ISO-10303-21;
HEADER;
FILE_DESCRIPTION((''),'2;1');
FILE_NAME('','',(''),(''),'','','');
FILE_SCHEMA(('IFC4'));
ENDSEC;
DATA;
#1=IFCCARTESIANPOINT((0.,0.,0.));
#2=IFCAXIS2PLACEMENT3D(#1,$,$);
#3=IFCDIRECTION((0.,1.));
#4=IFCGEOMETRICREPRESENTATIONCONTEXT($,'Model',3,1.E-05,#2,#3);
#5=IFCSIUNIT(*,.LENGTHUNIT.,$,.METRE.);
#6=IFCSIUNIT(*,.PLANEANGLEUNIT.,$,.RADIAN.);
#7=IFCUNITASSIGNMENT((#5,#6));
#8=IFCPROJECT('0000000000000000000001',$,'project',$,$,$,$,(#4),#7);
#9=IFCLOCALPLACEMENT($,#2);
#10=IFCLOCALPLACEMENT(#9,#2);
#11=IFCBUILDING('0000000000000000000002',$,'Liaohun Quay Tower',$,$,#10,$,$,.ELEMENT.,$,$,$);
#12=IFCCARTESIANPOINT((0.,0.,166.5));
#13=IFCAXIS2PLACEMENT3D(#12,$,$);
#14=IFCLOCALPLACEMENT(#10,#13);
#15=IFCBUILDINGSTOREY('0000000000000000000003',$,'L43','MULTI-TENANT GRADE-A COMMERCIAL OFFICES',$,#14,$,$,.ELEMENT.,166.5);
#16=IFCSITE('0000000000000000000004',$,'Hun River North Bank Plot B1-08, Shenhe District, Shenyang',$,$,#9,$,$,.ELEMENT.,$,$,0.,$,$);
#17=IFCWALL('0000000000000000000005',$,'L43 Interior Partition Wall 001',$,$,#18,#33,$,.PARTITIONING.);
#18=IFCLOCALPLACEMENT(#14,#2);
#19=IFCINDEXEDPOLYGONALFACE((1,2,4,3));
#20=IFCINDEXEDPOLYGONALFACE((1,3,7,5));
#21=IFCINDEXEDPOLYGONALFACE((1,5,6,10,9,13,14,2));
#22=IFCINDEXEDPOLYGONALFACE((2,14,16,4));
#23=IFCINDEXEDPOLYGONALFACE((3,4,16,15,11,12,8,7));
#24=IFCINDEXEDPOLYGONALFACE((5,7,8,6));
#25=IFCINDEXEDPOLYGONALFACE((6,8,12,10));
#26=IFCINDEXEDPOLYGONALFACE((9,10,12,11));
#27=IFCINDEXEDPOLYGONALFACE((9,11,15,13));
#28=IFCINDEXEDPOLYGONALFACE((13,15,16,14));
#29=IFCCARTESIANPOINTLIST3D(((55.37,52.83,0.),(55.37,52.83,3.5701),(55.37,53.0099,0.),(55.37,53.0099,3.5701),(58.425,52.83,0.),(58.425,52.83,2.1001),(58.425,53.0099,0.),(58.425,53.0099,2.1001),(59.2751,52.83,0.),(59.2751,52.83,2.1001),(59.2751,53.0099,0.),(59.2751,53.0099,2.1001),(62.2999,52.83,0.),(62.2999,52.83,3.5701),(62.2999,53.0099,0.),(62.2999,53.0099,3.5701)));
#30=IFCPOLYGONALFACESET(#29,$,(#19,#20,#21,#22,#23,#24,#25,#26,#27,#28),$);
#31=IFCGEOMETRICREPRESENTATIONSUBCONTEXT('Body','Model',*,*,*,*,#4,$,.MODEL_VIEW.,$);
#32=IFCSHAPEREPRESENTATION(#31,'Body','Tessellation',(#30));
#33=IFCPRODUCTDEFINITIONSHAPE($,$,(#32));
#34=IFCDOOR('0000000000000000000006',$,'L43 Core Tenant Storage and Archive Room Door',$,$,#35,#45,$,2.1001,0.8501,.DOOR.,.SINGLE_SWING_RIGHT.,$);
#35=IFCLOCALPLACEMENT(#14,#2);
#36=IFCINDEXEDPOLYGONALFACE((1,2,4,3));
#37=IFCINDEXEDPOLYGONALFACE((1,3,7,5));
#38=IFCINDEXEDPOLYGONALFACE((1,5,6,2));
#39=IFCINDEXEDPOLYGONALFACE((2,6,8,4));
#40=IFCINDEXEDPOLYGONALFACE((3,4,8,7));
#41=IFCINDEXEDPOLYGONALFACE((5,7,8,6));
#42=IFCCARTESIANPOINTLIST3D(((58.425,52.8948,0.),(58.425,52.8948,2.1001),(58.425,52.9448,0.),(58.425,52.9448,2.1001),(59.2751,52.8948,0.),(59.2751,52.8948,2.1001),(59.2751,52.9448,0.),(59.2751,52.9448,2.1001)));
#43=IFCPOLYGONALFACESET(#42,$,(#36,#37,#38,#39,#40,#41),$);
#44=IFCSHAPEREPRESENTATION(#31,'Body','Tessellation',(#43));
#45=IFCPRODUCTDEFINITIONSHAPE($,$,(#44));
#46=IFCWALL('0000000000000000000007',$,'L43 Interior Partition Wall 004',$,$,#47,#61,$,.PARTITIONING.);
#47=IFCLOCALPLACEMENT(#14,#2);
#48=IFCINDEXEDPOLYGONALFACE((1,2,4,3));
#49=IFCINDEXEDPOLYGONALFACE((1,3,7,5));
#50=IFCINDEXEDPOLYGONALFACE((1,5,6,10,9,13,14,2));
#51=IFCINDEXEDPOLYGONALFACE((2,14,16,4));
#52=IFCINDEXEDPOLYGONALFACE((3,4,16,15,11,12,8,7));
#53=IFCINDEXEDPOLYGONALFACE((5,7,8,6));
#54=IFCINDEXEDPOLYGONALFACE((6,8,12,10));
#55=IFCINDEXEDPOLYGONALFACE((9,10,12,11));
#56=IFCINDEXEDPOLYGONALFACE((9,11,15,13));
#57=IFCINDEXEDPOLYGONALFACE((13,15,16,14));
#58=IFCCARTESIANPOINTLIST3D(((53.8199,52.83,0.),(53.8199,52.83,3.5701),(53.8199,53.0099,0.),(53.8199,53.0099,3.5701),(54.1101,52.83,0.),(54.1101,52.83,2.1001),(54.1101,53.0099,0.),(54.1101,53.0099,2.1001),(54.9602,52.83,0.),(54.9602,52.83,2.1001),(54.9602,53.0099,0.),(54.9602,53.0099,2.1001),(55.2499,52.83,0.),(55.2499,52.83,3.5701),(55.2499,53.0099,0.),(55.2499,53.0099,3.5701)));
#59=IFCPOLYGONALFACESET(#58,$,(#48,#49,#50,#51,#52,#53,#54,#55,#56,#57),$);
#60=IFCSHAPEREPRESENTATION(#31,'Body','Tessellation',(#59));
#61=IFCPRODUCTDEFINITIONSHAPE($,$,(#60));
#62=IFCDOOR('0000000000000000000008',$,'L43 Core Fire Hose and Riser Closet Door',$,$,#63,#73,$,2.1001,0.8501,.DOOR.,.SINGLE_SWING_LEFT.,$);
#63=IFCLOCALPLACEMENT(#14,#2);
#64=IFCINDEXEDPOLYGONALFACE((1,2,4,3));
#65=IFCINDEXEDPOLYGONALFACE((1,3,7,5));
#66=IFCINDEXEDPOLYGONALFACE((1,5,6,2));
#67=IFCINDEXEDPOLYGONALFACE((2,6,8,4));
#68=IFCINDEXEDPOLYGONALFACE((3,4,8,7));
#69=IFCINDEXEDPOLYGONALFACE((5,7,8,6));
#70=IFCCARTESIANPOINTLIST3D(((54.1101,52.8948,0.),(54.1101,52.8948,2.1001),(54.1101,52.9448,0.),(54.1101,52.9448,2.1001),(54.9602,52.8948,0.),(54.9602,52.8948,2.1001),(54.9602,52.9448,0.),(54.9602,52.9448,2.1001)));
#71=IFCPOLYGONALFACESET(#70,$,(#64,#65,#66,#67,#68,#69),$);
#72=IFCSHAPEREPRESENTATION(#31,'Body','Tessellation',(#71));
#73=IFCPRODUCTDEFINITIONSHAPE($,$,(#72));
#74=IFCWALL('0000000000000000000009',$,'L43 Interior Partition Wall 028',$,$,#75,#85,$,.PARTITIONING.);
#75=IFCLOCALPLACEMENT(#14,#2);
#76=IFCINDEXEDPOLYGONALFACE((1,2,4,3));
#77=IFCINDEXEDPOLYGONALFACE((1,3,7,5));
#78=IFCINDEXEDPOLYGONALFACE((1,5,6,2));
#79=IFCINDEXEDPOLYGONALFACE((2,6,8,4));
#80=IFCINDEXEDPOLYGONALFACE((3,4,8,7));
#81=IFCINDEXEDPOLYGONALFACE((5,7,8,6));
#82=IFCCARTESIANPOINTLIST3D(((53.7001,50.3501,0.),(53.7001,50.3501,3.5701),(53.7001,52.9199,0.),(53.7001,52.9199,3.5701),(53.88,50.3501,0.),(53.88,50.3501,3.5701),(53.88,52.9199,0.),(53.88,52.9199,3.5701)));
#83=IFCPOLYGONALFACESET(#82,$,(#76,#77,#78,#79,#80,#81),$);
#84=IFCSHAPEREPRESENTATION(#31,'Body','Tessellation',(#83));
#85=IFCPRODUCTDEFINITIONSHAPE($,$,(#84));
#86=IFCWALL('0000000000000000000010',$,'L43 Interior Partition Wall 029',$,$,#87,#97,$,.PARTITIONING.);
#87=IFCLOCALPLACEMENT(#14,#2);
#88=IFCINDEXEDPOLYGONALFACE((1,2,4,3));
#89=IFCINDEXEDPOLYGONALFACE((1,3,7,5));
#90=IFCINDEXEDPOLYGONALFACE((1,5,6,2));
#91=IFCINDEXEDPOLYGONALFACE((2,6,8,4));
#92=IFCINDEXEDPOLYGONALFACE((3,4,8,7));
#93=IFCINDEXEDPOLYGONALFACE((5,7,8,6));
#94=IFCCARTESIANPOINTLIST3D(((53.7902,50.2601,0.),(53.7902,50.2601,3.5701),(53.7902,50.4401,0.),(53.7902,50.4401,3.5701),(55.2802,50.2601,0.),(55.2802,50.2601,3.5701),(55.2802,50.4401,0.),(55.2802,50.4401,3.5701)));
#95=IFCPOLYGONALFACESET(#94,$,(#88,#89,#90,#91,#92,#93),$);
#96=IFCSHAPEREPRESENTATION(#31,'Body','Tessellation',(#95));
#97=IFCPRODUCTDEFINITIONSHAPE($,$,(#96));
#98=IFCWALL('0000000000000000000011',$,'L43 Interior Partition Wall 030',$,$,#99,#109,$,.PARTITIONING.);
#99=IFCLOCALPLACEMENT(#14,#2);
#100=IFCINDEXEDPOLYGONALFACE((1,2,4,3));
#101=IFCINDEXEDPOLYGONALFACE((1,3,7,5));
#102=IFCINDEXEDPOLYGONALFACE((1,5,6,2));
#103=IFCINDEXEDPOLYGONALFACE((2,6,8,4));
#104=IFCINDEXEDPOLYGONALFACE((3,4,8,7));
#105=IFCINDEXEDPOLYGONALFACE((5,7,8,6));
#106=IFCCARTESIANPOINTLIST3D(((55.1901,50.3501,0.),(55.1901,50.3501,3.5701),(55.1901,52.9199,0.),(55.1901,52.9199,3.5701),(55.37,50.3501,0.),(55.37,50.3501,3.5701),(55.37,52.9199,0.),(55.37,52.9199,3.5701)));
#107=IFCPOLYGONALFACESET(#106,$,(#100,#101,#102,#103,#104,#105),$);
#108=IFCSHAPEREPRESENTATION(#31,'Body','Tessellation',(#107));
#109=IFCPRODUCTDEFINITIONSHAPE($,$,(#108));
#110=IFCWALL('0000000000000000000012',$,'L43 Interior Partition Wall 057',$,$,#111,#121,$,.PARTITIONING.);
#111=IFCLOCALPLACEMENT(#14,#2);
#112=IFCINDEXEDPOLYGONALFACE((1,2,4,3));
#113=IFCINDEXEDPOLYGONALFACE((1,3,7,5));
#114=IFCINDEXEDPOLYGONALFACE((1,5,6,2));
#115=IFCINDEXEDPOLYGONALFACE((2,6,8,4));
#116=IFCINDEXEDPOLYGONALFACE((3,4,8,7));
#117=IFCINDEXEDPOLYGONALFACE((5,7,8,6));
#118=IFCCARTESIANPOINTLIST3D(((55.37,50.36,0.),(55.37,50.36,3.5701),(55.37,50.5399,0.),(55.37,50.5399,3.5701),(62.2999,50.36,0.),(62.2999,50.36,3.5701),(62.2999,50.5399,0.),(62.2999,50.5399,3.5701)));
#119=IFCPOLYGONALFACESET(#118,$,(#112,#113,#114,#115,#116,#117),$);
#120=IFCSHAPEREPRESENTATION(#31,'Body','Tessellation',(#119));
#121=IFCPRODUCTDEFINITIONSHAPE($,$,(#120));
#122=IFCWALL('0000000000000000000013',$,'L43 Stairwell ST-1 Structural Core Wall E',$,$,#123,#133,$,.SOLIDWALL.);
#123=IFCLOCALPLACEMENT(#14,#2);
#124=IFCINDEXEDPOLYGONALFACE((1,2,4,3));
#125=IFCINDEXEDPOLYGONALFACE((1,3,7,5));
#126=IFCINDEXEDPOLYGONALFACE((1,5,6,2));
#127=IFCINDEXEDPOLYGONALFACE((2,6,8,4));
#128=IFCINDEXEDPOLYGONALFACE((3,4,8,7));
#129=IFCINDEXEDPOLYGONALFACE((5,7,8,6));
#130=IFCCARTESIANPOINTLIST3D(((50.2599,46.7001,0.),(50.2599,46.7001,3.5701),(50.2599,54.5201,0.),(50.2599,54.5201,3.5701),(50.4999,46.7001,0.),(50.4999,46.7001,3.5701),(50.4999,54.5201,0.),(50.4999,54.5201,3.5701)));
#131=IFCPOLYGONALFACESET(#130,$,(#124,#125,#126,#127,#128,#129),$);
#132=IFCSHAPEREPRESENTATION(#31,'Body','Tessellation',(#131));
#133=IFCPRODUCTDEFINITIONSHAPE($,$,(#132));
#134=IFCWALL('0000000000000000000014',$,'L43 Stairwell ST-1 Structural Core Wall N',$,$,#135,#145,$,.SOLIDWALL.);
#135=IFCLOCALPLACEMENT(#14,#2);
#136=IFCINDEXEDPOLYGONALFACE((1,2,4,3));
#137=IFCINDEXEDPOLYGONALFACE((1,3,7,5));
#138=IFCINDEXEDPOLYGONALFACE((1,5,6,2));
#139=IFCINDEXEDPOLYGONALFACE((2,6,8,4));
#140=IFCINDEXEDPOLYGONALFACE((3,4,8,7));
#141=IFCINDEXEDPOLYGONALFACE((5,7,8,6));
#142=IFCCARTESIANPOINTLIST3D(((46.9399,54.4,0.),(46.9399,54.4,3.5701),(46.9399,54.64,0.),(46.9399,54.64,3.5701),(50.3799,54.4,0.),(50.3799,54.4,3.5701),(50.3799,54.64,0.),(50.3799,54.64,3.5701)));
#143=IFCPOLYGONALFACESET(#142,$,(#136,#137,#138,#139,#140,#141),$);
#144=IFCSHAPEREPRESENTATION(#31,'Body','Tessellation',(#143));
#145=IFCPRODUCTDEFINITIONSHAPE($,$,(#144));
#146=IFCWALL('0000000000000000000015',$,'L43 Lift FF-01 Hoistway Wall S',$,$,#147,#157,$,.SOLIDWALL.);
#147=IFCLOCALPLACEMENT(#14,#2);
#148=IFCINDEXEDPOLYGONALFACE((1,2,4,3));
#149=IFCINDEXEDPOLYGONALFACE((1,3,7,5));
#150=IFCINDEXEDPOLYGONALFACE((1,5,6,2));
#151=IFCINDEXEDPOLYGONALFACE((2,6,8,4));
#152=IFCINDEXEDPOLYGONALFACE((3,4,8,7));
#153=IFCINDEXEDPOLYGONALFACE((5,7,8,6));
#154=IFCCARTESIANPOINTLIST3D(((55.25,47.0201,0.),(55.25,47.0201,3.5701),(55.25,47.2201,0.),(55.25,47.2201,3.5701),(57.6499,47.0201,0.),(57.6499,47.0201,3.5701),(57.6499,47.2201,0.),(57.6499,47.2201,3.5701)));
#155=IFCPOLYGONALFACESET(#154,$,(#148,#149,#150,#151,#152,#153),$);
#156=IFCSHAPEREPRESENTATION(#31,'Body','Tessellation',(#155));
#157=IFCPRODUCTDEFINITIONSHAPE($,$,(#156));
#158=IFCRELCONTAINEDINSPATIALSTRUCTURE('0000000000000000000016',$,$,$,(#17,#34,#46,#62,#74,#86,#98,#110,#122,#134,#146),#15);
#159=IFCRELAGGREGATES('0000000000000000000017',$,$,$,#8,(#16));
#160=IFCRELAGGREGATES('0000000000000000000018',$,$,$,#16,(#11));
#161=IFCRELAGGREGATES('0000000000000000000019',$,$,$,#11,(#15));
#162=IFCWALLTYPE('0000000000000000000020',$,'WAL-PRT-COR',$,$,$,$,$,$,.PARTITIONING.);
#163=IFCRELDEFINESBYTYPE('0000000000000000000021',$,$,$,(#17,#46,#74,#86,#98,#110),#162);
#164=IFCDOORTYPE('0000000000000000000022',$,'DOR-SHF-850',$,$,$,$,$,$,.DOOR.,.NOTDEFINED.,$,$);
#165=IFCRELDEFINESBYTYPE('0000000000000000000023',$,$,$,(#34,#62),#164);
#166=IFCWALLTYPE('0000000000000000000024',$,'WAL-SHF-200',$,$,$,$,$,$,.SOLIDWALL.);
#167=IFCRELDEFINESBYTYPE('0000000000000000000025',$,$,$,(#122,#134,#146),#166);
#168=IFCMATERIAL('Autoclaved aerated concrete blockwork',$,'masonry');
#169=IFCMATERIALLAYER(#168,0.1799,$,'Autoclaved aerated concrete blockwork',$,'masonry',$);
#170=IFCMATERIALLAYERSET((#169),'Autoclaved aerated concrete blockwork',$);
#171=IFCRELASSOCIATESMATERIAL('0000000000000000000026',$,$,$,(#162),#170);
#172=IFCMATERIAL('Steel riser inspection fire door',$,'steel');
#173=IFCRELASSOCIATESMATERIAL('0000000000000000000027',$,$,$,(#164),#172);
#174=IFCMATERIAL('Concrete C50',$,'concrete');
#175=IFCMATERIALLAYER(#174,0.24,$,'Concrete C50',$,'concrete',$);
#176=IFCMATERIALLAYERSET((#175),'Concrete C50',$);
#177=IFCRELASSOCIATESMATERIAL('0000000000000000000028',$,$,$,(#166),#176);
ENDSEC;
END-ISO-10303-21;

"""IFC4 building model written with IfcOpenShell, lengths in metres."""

from ifc_helpers import new_model, si_unit, direction, frame, frame_2d, origin, place, context, subcontext, project, spatial, rectangle, extrude, source, transform, mapped, material, layer, layer_set, type_object, element, fill, save


model = new_model("IFC4")

# Units and contexts
model_context = context("Model", 3, precision=1e-05, world=origin(), true_north=direction((0.0, 1.0)))
body_context = subcontext(model_context, "Body", "Model", "MODEL_VIEW")
ifc_project = project(units=[si_unit("LENGTHUNIT", "METRE"), si_unit("PLANEANGLEUNIT", "RADIAN")], contexts=[model_context])

# Site, building, storey
site_placement = place(None, origin())
site = spatial("IfcSite", under=ifc_project, at=site_placement, Name="Hun River North Bank Plot B1-08, Shenhe District, Shenyang", CompositionType="ELEMENT", RefElevation=0.0)
building_placement = place(site_placement, origin())
building = spatial("IfcBuilding", under=site, at=building_placement, Name="Liaohun Quay Tower", CompositionType="ELEMENT")
storey_placement = place(building_placement, frame((0.0, 0.0, 166.5)))
storey = spatial("IfcBuildingStorey", under=building, at=storey_placement, Name="L43", Description="MULTI-TENANT GRADE-A COMMERCIAL OFFICES", CompositionType="ELEMENT", Elevation=166.5)

# Shared definitions
ifc_material_1 = material(Name="Concrete C50", Category="concrete")

# Walls, openings, doors
ifc_material_2 = material(Name="Autoclaved aerated concrete blockwork", Category="masonry")
ifc_layer_1 = layer(ifc_material_2, 0.1799, Name="Autoclaved aerated concrete blockwork", Category="masonry")
ifc_layer_set_1 = layer_set([ifc_layer_1], Name="Autoclaved aerated concrete blockwork")
wall_type_1 = type_object("IfcWallType", Name="WAL-PRT-COR", PredefinedType="PARTITIONING", material=ifc_layer_set_1)
wall_1_placement = place(storey_placement, frame((55.3701, 52.9199, 0.0), z_axis=(0.0, 0.0, 1.0), x_axis=(1.0, 0.0, 0.0)))
wall_1 = element("IfcWall", 1, at=wall_1_placement, inside=storey, type_object=wall_type_1, Name="L43 Interior Partition Wall 001", PredefinedType="PARTITIONING", context=body_context, shape_type="SweptSolid", body=[
    extrude(rectangle(XDim=6.9299, YDim=0.1799, at=frame_2d((3.4648, 0.0))), origin(), (0.0, 0.0, 1.0), 3.5701),
])
shared_shape_1 = source(origin(), body_context, "Body", "SweptSolid", [
    extrude(rectangle(XDim=0.8501, YDim=2.1001, at=frame_2d((0.425, 1.05))), frame((0.0, 0.0999, 0.0), z_axis=(0.0, -1.0, 0.0), x_axis=(1.0, 0.0, 0.0)), (0.0, 0.0, 1.0), 0.2),
])
opening_1_placement = place(wall_1_placement, frame((3.0549, 0.0, 0.0)))
opening_1 = element("IfcOpeningElement", 2, at=opening_1_placement, cuts=wall_1, PredefinedType="OPENING", context=body_context, shape_type="MappedRepresentation", body=[
    mapped(shared_shape_1, transform((0.0, 0.0, 0.0), x_axis=(1.0, 0.0, 0.0), y_axis=(0.0, 1.0, 0.0), z_axis=(0.0, 0.0, 1.0), scale=1.0)),
])
ifc_material_3 = material(Name="Steel riser inspection fire door", Category="steel")
door_type_1 = type_object("IfcDoorType", Name="DOR-SHF-850", OperationType="NOTDEFINED", PredefinedType="DOOR", material=ifc_material_3)
shared_shape_2 = source(origin(), body_context, "Body", "SweptSolid", [
    extrude(rectangle(XDim=0.8501, YDim=2.1001, at=frame_2d((0.425, 1.05))), frame((0.0, 0.0249, 0.0), z_axis=(0.0, -1.0, 0.0), x_axis=(1.0, 0.0, 0.0)), (0.0, 0.0, 1.0), 0.05),
])
door_1_placement = place(opening_1_placement, origin())
door_1 = element("IfcDoor", 3, at=door_1_placement, inside=storey, type_object=door_type_1, Name="L43 Core Tenant Storage and Archive Room Door", OperationType="SINGLE_SWING_RIGHT", OverallHeight=2.1001, OverallWidth=0.8501, PredefinedType="DOOR", context=body_context, shape_type="MappedRepresentation", body=[
    mapped(shared_shape_2, transform((0.0, 0.0, 0.0), x_axis=(1.0, 0.0, 0.0), y_axis=(0.0, 1.0, 0.0), z_axis=(0.0, 0.0, 1.0), scale=1.0)),
])
fill(opening_1, door_1)
wall_2_placement = place(storey_placement, frame((53.8201, 52.9199, 0.0), z_axis=(0.0, 0.0, 1.0), x_axis=(1.0, 0.0, 0.0)))
wall_2 = element("IfcWall", 4, at=wall_2_placement, inside=storey, type_object=wall_type_1, Name="L43 Interior Partition Wall 004", PredefinedType="PARTITIONING", context=body_context, shape_type="SweptSolid", body=[
    extrude(rectangle(XDim=1.4299, YDim=0.1799, at=frame_2d((0.7148, 0.0))), origin(), (0.0, 0.0, 1.0), 3.5701),
])
opening_2_placement = place(wall_2_placement, frame((0.29, 0.0, 0.0)))
opening_2 = element("IfcOpeningElement", 5, at=opening_2_placement, cuts=wall_2, PredefinedType="OPENING", context=body_context, shape_type="MappedRepresentation", body=[
    mapped(shared_shape_1, transform((0.0, 0.0, 0.0), x_axis=(1.0, 0.0, 0.0), y_axis=(0.0, 1.0, 0.0), z_axis=(0.0, 0.0, 1.0), scale=1.0)),
])
door_2_placement = place(opening_2_placement, origin())
door_2 = element("IfcDoor", 6, at=door_2_placement, inside=storey, type_object=door_type_1, Name="L43 Core Fire Hose and Riser Closet Door", OperationType="SINGLE_SWING_LEFT", OverallHeight=2.1001, OverallWidth=0.8501, PredefinedType="DOOR", context=body_context, shape_type="MappedRepresentation", body=[
    mapped(shared_shape_2, transform((0.0, 0.0, 0.0), x_axis=(1.0, 0.0, 0.0), y_axis=(0.0, 1.0, 0.0), z_axis=(0.0, 0.0, 1.0), scale=1.0)),
])
fill(opening_2, door_2)

# Walls
wall_3_placement = place(storey_placement, frame((53.79, 50.3501, 0.0), z_axis=(0.0, 0.0, 1.0), x_axis=(0.0, 1.0, 0.0)))
element("IfcWall", 7, at=wall_3_placement, inside=storey, type_object=wall_type_1, Name="L43 Interior Partition Wall 028", PredefinedType="PARTITIONING", context=body_context, shape_type="SweptSolid", body=[
    extrude(rectangle(XDim=2.5698, YDim=0.1799, at=frame_2d((1.2849, 0.0))), origin(), (0.0, 0.0, 1.0), 3.5701),
])
wall_4_placement = place(storey_placement, frame((53.79, 50.3501, 0.0), z_axis=(0.0, 0.0, 1.0), x_axis=(1.0, 0.0, 0.0)))
element("IfcWall", 8, at=wall_4_placement, inside=storey, type_object=wall_type_1, Name="L43 Interior Partition Wall 029", PredefinedType="PARTITIONING", context=body_context, shape_type="SweptSolid", body=[
    extrude(rectangle(XDim=1.49, YDim=0.1799, at=frame_2d((0.7451, 0.0))), origin(), (0.0, 0.0, 1.0), 3.5701),
])
wall_5_placement = place(storey_placement, frame((55.28, 50.3501, 0.0), z_axis=(0.0, 0.0, 1.0), x_axis=(0.0, 1.0, 0.0)))
element("IfcWall", 9, at=wall_5_placement, inside=storey, type_object=wall_type_1, Name="L43 Interior Partition Wall 030", PredefinedType="PARTITIONING", context=body_context, shape_type="SweptSolid", body=[
    extrude(rectangle(XDim=2.5698, YDim=0.1799, at=frame_2d((1.2849, 0.0))), origin(), (0.0, 0.0, 1.0), 3.5701),
])
wall_6_placement = place(storey_placement, frame((55.3701, 50.45, 0.0), z_axis=(0.0, 0.0, 1.0), x_axis=(1.0, 0.0, 0.0)))
element("IfcWall", 10, at=wall_6_placement, inside=storey, type_object=wall_type_1, Name="L43 Interior Partition Wall 057", PredefinedType="PARTITIONING", context=body_context, shape_type="SweptSolid", body=[
    extrude(rectangle(XDim=6.9299, YDim=0.1799, at=frame_2d((3.4648, 0.0))), origin(), (0.0, 0.0, 1.0), 3.5701),
])
ifc_layer_2 = layer(ifc_material_1, 0.24, Name="Concrete C50", Category="concrete")
ifc_layer_set_2 = layer_set([ifc_layer_2], Name="Concrete C50")
wall_type_2 = type_object("IfcWallType", Name="WAL-SHF-200", PredefinedType="SOLIDWALL", material=ifc_layer_set_2)
wall_7_placement = place(storey_placement, frame((50.3799, 46.7, 0.0), z_axis=(0.0, 0.0, 1.0), x_axis=(0.0, 1.0, 0.0)))
element("IfcWall", 11, at=wall_7_placement, inside=storey, type_object=wall_type_2, Name="L43 Stairwell ST-1 Structural Core Wall E", PredefinedType="SOLIDWALL", context=body_context, shape_type="SweptSolid", body=[
    extrude(rectangle(XDim=7.8201, YDim=0.24, at=frame_2d((3.9102, 0.0))), origin(), (0.0, 0.0, 1.0), 3.5701),
])
wall_8_placement = place(storey_placement, frame((50.3799, 54.52, 0.0), z_axis=(0.0, 0.0, 1.0), x_axis=(-1.0, 0.0, 0.0)))
element("IfcWall", 12, at=wall_8_placement, inside=storey, type_object=wall_type_2, Name="L43 Stairwell ST-1 Structural Core Wall N", PredefinedType="SOLIDWALL", context=body_context, shape_type="SweptSolid", body=[
    extrude(rectangle(XDim=3.4399, YDim=0.24, at=frame_2d((1.72, 0.0))), origin(), (0.0, 0.0, 1.0), 3.5701),
])
wall_9_placement = place(storey_placement, frame((55.25, 47.1201, 0.0), z_axis=(0.0, 0.0, 1.0), x_axis=(1.0, 0.0, 0.0)))
element("IfcWall", 13, at=wall_9_placement, inside=storey, type_object=wall_type_2, Name="L43 Lift FF-01 Hoistway Wall S", PredefinedType="SOLIDWALL", context=body_context, shape_type="SweptSolid", body=[
    extrude(rectangle(XDim=2.3999, YDim=0.2, at=frame_2d((1.2, 0.0))), origin(), (0.0, 0.0, 1.0), 3.5701),
])

save(model, "model.ifc")
